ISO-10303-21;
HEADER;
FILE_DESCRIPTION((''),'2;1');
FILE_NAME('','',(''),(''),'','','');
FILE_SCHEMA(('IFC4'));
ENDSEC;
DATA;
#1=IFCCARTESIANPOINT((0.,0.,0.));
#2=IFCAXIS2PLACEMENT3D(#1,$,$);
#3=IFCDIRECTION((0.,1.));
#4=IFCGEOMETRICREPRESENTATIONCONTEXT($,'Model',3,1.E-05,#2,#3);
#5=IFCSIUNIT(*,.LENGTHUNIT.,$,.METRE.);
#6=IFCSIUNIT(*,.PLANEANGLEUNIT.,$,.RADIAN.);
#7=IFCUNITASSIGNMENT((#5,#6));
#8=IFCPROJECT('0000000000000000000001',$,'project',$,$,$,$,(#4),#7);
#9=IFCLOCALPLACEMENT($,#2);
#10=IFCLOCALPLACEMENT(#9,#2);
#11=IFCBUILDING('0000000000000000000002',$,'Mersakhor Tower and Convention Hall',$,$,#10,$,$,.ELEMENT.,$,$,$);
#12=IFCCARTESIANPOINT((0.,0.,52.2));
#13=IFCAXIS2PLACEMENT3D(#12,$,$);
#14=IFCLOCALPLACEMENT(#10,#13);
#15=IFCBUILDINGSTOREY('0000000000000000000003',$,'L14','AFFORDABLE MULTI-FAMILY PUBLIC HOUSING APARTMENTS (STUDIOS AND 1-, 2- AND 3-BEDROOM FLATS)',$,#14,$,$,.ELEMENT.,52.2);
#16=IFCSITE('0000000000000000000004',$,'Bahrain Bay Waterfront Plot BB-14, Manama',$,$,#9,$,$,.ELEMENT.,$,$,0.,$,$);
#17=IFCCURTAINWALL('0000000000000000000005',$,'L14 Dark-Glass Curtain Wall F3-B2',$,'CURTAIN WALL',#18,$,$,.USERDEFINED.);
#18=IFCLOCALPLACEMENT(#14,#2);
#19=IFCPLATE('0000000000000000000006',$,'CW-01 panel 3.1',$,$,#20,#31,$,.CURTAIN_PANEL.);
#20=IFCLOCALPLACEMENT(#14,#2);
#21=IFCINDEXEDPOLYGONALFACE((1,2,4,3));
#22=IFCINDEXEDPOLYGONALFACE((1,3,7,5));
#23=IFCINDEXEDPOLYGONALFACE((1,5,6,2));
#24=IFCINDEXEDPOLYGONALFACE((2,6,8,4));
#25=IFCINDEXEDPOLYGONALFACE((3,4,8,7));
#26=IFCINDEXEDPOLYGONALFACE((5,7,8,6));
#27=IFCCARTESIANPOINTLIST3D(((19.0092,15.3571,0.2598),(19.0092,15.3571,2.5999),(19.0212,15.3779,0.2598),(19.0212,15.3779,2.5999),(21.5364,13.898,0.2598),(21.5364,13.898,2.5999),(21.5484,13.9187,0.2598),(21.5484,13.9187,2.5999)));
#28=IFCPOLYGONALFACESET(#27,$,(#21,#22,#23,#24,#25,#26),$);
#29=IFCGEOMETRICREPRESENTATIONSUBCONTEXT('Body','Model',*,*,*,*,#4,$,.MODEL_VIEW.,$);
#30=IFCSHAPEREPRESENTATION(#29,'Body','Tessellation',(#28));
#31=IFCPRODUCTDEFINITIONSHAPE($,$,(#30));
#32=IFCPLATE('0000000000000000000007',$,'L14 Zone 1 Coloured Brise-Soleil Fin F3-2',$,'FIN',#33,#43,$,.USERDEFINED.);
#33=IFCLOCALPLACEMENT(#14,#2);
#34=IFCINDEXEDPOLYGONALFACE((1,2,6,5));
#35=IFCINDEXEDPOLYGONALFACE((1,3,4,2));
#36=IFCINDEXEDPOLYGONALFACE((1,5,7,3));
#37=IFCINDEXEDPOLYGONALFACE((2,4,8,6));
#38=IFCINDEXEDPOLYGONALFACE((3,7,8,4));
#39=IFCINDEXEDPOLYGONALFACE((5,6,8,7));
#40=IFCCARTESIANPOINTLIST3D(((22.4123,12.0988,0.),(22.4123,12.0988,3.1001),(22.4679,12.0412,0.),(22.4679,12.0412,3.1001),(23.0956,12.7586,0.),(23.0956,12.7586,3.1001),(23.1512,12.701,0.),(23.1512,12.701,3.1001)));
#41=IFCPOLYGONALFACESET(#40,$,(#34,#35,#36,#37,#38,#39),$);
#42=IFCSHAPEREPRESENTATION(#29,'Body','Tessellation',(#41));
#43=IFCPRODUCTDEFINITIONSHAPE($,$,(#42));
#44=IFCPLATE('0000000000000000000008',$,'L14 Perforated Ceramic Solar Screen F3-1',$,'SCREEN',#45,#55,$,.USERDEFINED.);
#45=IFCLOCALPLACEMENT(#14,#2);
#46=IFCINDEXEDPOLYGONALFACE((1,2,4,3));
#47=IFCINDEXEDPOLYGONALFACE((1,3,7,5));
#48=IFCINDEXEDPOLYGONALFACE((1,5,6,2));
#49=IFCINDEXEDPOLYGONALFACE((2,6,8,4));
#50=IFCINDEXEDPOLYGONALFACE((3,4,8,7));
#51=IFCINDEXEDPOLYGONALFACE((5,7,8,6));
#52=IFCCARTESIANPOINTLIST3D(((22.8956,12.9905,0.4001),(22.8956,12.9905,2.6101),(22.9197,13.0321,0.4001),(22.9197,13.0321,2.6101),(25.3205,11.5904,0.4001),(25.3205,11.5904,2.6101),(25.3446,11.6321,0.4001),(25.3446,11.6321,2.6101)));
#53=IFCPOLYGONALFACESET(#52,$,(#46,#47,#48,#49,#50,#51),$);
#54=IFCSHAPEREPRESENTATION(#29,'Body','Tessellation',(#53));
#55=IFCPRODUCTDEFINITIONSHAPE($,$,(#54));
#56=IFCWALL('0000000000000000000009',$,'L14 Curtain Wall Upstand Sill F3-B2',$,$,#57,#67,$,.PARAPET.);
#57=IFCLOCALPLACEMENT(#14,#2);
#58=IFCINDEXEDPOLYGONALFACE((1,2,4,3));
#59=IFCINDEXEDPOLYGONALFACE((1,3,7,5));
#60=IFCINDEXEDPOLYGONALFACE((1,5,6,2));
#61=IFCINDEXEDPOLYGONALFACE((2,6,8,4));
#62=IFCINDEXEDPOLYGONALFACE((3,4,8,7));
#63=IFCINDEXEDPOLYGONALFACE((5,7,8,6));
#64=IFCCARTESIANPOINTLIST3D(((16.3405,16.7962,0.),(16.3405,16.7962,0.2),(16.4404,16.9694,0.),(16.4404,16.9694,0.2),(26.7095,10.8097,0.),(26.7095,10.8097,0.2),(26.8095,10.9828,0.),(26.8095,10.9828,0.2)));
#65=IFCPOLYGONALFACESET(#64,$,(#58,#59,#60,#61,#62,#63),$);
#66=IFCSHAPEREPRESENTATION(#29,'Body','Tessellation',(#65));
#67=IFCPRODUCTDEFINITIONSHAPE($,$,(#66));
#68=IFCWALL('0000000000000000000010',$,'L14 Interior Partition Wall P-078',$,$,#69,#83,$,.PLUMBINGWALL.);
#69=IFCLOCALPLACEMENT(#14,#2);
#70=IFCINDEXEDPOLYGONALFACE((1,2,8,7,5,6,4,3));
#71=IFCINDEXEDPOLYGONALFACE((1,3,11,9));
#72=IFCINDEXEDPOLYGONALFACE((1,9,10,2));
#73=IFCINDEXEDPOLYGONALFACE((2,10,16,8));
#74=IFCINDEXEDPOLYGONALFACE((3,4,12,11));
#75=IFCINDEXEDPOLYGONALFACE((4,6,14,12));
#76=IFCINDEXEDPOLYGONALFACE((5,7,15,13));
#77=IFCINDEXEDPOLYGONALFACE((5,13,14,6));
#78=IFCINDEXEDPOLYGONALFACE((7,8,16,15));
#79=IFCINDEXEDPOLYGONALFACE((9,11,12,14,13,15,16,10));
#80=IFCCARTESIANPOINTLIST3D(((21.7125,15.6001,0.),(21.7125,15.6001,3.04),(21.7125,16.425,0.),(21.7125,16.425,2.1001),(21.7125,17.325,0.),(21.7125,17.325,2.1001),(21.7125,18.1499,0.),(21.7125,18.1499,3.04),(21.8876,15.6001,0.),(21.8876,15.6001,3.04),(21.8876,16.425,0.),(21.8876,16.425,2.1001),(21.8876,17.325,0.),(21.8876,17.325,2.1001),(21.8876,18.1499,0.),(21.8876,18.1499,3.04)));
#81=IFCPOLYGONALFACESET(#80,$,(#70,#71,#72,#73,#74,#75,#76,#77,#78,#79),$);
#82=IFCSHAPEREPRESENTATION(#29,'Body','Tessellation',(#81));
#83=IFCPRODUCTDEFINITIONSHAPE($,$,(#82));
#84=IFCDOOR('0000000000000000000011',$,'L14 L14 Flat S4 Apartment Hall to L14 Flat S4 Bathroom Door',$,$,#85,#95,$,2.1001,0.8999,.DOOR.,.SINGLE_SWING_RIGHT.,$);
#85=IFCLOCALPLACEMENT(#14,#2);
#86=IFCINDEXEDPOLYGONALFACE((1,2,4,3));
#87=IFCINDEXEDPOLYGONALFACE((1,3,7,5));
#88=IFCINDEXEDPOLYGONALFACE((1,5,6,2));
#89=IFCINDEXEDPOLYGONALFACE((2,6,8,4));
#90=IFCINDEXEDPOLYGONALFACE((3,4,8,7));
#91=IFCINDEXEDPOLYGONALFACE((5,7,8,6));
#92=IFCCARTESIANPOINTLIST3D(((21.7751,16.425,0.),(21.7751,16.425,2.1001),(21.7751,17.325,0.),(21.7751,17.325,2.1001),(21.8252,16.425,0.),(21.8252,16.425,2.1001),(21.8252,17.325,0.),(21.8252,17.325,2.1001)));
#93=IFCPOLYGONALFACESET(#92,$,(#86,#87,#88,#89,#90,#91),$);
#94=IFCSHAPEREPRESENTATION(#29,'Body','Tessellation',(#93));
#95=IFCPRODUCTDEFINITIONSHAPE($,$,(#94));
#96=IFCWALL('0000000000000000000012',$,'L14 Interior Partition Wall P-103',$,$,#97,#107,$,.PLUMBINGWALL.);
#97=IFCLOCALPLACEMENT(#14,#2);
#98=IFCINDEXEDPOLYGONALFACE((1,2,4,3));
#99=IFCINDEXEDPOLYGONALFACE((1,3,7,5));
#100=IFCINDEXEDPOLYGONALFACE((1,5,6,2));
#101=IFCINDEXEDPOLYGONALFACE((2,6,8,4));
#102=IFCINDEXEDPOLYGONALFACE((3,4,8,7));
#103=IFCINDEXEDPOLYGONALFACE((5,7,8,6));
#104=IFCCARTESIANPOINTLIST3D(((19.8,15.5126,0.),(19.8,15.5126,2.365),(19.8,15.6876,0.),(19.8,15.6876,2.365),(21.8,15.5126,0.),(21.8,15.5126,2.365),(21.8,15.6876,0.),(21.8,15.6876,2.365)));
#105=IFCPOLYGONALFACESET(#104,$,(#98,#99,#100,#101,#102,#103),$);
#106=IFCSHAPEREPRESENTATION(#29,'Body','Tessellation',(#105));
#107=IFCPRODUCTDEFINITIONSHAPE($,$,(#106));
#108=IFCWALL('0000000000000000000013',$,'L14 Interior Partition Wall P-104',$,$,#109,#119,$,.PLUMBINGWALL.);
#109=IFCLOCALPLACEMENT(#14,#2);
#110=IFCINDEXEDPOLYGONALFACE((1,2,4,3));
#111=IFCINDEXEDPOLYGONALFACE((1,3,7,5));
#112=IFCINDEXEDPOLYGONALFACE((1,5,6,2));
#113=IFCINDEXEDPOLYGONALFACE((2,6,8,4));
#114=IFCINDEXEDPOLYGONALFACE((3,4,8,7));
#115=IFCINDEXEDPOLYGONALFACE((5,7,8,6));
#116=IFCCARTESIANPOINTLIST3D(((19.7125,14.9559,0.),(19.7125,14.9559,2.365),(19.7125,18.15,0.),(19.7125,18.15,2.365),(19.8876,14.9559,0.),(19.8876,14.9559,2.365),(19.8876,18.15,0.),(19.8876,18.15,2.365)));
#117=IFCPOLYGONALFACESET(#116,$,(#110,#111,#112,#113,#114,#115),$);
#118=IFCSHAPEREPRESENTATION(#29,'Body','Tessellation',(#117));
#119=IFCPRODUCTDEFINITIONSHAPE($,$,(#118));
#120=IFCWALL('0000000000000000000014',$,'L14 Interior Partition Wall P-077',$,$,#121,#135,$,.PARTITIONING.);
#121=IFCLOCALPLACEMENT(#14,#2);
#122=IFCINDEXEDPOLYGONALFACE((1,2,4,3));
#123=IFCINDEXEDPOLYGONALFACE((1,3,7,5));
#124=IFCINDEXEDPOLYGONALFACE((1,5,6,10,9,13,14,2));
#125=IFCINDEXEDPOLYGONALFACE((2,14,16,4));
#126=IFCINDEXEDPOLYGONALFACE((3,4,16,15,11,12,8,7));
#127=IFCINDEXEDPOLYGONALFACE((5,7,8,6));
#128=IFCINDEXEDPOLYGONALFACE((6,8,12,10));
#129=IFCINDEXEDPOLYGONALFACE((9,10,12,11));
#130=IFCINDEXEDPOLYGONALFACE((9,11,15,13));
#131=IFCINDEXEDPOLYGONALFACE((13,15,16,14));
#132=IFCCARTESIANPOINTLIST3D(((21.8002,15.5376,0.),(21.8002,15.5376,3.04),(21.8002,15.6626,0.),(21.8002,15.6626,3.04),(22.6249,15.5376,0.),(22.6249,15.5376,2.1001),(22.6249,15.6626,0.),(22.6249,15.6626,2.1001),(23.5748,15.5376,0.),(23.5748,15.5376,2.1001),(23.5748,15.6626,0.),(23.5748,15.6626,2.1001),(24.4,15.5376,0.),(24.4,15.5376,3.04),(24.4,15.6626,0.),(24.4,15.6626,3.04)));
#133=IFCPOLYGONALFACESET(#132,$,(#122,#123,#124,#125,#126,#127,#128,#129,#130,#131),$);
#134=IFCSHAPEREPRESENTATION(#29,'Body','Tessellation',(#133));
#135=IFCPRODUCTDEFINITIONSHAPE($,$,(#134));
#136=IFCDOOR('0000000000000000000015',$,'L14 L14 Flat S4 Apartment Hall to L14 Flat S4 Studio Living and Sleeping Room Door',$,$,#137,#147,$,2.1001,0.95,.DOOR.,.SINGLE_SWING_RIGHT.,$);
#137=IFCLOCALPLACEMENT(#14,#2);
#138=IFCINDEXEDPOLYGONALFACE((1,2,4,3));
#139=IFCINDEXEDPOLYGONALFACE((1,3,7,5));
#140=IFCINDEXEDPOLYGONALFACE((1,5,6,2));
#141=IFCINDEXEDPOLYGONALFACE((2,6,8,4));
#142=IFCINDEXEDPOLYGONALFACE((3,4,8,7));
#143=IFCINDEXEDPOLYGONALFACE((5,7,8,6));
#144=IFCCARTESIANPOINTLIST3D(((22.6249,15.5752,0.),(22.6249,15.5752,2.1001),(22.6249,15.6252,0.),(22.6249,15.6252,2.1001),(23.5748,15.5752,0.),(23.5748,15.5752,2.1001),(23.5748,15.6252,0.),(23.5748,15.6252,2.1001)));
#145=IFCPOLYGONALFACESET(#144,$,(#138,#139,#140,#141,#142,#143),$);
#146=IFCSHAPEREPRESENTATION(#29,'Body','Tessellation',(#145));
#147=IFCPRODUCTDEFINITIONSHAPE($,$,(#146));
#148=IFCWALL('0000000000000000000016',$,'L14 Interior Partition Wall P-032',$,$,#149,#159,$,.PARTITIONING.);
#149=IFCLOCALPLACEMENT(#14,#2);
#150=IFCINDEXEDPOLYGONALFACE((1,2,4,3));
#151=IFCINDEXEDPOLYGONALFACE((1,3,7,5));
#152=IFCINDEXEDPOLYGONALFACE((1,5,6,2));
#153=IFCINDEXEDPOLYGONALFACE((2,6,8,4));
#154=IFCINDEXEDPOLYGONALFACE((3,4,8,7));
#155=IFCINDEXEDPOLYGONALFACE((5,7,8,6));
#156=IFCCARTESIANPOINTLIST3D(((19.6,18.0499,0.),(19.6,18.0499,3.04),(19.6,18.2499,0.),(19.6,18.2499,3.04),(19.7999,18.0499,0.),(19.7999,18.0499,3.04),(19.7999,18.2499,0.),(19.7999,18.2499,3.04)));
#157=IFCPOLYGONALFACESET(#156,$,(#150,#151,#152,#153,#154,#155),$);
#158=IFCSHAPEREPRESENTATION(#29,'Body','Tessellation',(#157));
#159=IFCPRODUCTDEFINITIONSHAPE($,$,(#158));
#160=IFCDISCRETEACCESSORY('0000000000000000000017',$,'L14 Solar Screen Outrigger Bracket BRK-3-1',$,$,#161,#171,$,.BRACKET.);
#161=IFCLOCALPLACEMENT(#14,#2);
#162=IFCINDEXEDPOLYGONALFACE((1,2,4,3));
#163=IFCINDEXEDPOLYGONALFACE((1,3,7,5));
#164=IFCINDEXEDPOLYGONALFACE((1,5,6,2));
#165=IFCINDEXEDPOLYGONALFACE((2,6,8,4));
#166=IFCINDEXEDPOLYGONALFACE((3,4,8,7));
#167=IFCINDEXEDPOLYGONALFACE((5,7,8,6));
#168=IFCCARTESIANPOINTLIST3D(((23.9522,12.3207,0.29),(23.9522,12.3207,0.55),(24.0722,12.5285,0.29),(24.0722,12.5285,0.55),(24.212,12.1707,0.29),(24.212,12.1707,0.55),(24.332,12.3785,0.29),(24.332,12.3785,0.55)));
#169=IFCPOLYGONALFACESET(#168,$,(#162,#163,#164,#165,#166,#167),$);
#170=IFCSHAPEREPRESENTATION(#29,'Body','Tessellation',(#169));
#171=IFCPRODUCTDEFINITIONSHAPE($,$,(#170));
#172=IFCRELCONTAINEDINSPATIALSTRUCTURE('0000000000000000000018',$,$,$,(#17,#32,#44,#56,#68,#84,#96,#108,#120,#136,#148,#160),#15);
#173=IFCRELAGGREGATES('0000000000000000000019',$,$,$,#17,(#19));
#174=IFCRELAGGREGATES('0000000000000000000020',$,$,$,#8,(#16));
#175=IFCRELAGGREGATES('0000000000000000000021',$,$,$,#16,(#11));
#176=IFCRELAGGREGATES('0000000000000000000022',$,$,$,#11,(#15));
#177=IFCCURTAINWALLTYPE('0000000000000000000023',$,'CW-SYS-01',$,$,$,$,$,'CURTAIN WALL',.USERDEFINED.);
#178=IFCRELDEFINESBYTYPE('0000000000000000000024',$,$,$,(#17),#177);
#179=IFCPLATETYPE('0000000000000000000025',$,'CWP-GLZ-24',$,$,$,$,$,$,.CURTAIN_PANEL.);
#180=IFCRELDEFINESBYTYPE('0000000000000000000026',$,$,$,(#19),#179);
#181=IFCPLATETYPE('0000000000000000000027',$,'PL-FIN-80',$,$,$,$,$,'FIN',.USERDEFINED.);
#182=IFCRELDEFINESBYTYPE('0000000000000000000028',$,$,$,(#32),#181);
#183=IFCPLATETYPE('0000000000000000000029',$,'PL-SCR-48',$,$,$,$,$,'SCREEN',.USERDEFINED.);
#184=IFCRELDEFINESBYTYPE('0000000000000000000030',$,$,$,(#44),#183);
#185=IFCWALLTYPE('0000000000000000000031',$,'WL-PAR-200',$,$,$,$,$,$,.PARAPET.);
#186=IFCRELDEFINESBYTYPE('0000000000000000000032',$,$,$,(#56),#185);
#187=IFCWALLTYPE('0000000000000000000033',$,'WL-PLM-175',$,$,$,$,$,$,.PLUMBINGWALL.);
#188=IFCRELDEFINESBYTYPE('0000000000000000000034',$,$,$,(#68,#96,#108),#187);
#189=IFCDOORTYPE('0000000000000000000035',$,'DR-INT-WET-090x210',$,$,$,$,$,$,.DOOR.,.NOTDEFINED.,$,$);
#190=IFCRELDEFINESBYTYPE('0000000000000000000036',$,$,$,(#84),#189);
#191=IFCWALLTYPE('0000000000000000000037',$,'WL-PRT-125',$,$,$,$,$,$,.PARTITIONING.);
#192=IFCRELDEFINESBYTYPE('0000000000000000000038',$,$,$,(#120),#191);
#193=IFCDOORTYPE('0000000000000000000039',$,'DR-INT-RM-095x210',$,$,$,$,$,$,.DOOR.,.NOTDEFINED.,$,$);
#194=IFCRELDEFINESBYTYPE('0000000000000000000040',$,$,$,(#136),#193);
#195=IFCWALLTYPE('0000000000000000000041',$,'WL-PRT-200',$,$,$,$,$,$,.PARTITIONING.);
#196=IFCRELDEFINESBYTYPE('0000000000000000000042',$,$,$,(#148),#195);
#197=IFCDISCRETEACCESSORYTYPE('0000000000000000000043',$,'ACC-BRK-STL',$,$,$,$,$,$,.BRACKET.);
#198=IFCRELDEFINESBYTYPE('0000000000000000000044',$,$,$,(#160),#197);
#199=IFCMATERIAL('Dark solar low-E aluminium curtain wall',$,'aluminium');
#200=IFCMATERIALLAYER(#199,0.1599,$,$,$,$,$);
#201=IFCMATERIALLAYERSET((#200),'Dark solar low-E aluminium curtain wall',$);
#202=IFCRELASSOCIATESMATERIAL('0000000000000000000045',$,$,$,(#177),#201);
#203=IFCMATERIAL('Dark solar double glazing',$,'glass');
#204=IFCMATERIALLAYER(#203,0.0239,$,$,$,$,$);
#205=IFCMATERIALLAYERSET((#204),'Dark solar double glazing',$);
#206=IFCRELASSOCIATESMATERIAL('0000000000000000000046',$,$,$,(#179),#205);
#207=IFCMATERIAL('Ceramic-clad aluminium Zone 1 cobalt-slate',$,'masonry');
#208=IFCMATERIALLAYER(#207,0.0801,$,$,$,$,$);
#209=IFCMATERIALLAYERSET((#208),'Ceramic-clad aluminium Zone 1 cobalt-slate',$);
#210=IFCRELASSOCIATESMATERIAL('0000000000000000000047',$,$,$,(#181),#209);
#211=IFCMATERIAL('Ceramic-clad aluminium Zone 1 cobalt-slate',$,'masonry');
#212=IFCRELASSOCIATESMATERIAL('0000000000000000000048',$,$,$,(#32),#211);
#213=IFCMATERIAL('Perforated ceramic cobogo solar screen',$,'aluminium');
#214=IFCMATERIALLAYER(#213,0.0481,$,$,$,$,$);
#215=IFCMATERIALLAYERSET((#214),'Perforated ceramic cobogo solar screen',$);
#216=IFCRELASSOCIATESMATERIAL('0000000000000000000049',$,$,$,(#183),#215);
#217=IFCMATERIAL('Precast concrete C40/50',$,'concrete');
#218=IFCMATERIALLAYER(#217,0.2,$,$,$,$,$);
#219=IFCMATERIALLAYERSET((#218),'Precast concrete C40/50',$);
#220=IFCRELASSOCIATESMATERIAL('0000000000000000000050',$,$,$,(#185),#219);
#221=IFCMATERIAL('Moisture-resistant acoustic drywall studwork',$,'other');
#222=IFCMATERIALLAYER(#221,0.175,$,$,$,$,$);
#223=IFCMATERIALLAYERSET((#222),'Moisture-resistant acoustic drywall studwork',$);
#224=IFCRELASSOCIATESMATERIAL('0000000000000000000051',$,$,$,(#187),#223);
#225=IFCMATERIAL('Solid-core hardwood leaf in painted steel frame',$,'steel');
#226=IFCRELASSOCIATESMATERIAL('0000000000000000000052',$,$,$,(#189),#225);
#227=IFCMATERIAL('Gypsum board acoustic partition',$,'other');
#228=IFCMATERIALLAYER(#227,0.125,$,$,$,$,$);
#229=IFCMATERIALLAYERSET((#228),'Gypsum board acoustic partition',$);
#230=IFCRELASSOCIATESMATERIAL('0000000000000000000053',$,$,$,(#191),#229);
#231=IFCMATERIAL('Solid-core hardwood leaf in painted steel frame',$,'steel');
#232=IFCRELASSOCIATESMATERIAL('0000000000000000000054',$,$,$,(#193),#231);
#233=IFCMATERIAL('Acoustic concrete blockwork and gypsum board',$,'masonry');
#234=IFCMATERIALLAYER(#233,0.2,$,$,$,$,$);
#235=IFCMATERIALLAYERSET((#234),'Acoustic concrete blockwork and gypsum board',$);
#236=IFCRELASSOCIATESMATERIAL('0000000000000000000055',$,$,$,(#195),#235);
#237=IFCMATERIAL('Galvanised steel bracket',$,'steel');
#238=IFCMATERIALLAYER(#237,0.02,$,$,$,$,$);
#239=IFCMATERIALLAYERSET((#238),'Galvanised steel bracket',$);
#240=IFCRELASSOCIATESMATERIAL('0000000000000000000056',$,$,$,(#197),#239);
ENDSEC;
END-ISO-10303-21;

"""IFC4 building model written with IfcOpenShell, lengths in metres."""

from ifc_helpers import new_model, si_unit, direction, frame, frame_2d, origin, origin_2d, place, context, subcontext, project, spatial, rectangle, extrude, material, layer, layer_set, type_object, element, fill, aggregate, save


model = new_model("IFC4")

# Units and contexts
model_context = context("Model", 3, precision=1e-05, world=origin(), true_north=direction((0.0, 1.0)))
body_context = subcontext(model_context, "Body", "Model", "MODEL_VIEW")
ifc_project = project(units=[si_unit("LENGTHUNIT", "METRE"), si_unit("PLANEANGLEUNIT", "RADIAN")], contexts=[model_context])

# Site, building, storey
site_placement = place(None, origin())
site = spatial("IfcSite", under=ifc_project, at=site_placement, Name="Bahrain Bay Waterfront Plot BB-14, Manama", CompositionType="ELEMENT", RefElevation=0.0)
building_placement = place(site_placement, origin())
building = spatial("IfcBuilding", under=site, at=building_placement, Name="Mersakhor Tower and Convention Hall", CompositionType="ELEMENT")
storey_placement = place(building_placement, frame((0.0, 0.0, 52.2)))
storey = spatial("IfcBuildingStorey", under=building, at=storey_placement, Name="L14", Description="AFFORDABLE MULTI-FAMILY PUBLIC HOUSING APARTMENTS (STUDIOS AND 1-, 2- AND 3-BEDROOM FLATS)", CompositionType="ELEMENT", Elevation=52.2)

# Curtain wall, plate
ifc_material_1 = material(Name="Dark solar low-E aluminium curtain wall", Category="aluminium")
ifc_layer_1 = layer(ifc_material_1, 0.1599)
ifc_layer_set_1 = layer_set([ifc_layer_1], Name="Dark solar low-E aluminium curtain wall")
curtain_wall_type = type_object("IfcCurtainWallType", Name="CW-SYS-01", ElementType="CURTAIN WALL", PredefinedType="USERDEFINED", material=ifc_layer_set_1)
curtain_wall_placement = place(storey_placement, origin())
curtain_wall = element("IfcCurtainWall", 1, at=curtain_wall_placement, inside=storey, type_object=curtain_wall_type, Name="L14 Dark-Glass Curtain Wall F3-B2", ObjectType="CURTAIN WALL", PredefinedType="USERDEFINED")
ifc_material_2 = material(Name="Dark solar double glazing", Category="glass")
ifc_layer_2 = layer(ifc_material_2, 0.0239)
ifc_layer_set_2 = layer_set([ifc_layer_2], Name="Dark solar double glazing")
plate_type_1 = type_object("IfcPlateType", Name="CWP-GLZ-24", PredefinedType="CURTAIN_PANEL", material=ifc_layer_set_2)
plate_1_placement = place(storey_placement, frame((20.2788, 14.6379, 0.2598), z_axis=(0.0, 0.0, 1.0), x_axis=(-0.866023, 0.500003, 0.0)))
plate_1 = element("IfcPlate", 2, at=plate_1_placement, type_object=plate_type_1, Name="CW-01 panel 3.1", PredefinedType="CURTAIN_PANEL", context=body_context, shape_type="SweptSolid", body=[
    extrude(rectangle(XDim=2.9182, YDim=0.0239, at=origin_2d()), origin(), (0.0, 0.0, 1.0), 2.3401),
])
aggregate(curtain_wall, [plate_1])

# Plates
ifc_material_3 = material(Name="Ceramic-clad aluminium Zone 1 cobalt-slate", Category="masonry")
ifc_material_4 = material(Name="Ceramic-clad aluminium Zone 1 cobalt-slate", Category="masonry")
ifc_layer_3 = layer(ifc_material_4, 0.0801)
ifc_layer_set_3 = layer_set([ifc_layer_3], Name="Ceramic-clad aluminium Zone 1 cobalt-slate")
plate_type_2 = type_object("IfcPlateType", Name="PL-FIN-80", ElementType="FIN", PredefinedType="USERDEFINED", material=ifc_layer_set_3)
plate_2_placement = place(storey_placement, frame((22.7817, 12.3999, 0.0), z_axis=(0.0, 0.0, 1.0), x_axis=(-0.71934, -0.694658, 0.0)))
element("IfcPlate", 3, at=plate_2_placement, inside=storey, type_object=plate_type_2, material=ifc_material_3, Name="L14 Zone 1 Coloured Brise-Soleil Fin F3-2", ObjectType="FIN", PredefinedType="USERDEFINED", context=body_context, shape_type="SweptSolid", body=[
    extrude(rectangle(XDim=0.95, YDim=0.0801, at=origin_2d()), origin(), (0.0, 0.0, 1.0), 3.1001),
])
ifc_material_5 = material(Name="Perforated ceramic cobogo solar screen", Category="aluminium")
ifc_layer_4 = layer(ifc_material_5, 0.0481)
ifc_layer_set_4 = layer_set([ifc_layer_4], Name="Perforated ceramic cobogo solar screen")
plate_type_3 = type_object("IfcPlateType", Name="PL-SCR-48", ElementType="SCREEN", PredefinedType="USERDEFINED", material=ifc_layer_set_4)
plate_3_placement = place(storey_placement, frame((24.1201, 12.3113, 0.4001), z_axis=(0.0, 0.0, 1.0), x_axis=(-0.866025, 0.5, 0.0)))
element("IfcPlate", 4, at=plate_3_placement, inside=storey, type_object=plate_type_3, Name="L14 Perforated Ceramic Solar Screen F3-1", ObjectType="SCREEN", PredefinedType="USERDEFINED", context=body_context, shape_type="SweptSolid", body=[
    extrude(rectangle(XDim=2.8, YDim=0.0481, at=origin_2d()), origin(), (0.0, 0.0, 1.0), 2.21),
])

# Wall
ifc_material_6 = material(Name="Precast concrete C40/50", Category="concrete")
ifc_layer_5 = layer(ifc_material_6, 0.2)
ifc_layer_set_5 = layer_set([ifc_layer_5], Name="Precast concrete C40/50")
wall_type_1 = type_object("IfcWallType", Name="WL-PAR-200", PredefinedType="PARAPET", material=ifc_layer_set_5)
wall_1_placement = place(storey_placement, frame((26.7595, 10.8962, 0.0), z_axis=(0.0, 0.0, 1.0), x_axis=(-0.866027, 0.499997, 0.0)))
element("IfcWall", 5, at=wall_1_placement, inside=storey, type_object=wall_type_1, Name="L14 Curtain Wall Upstand Sill F3-B2", PredefinedType="PARAPET", context=body_context, shape_type="SweptSolid", body=[
    extrude(rectangle(XDim=11.9731, YDim=0.2, at=frame_2d((5.9866, 0.0))), origin(), (0.0, 0.0, 1.0), 0.2),
])

# Wall, opening, door
ifc_material_7 = material(Name="Moisture-resistant acoustic drywall studwork", Category="other")
ifc_layer_6 = layer(ifc_material_7, 0.175)
ifc_layer_set_6 = layer_set([ifc_layer_6], Name="Moisture-resistant acoustic drywall studwork")
wall_type_2 = type_object("IfcWallType", Name="WL-PLM-175", PredefinedType="PLUMBINGWALL", material=ifc_layer_set_6)
wall_2_placement = place(storey_placement, frame((21.8, 15.6001, 0.0), z_axis=(0.0, 0.0, 1.0), x_axis=(0.0, 1.0, 0.0)))
wall_2 = element("IfcWall", 6, at=wall_2_placement, inside=storey, type_object=wall_type_2, Name="L14 Interior Partition Wall P-078", PredefinedType="PLUMBINGWALL", context=body_context, shape_type="SweptSolid", body=[
    extrude(rectangle(XDim=2.5498, YDim=0.175, at=frame_2d((1.2749, 0.0))), origin(), (0.0, 0.0, 1.0), 3.04),
])
opening_1_placement = place(wall_2_placement, frame((0.825, 0.0, 0.0)))
opening_1 = element("IfcOpeningElement", 7, at=opening_1_placement, cuts=wall_2, PredefinedType="OPENING", context=body_context, shape_type="SweptSolid", body=[
    extrude(rectangle(XDim=0.8999, YDim=2.1001, at=frame_2d((0.45, 1.05))), frame((0.0, 0.0974, 0.0), z_axis=(0.0, -1.0, 0.0), x_axis=(1.0, 0.0, 0.0)), (0.0, 0.0, 1.0), 0.1951),
])
ifc_material_8 = material(Name="Solid-core hardwood leaf in painted steel frame", Category="steel")
door_type_1 = type_object("IfcDoorType", Name="DR-INT-WET-090x210", OperationType="NOTDEFINED", PredefinedType="DOOR", material=ifc_material_8)
door_1_placement = place(opening_1_placement, origin())
door_1 = element("IfcDoor", 8, at=door_1_placement, inside=storey, type_object=door_type_1, Name="L14 L14 Flat S4 Apartment Hall to L14 Flat S4 Bathroom Door", OperationType="SINGLE_SWING_RIGHT", OverallHeight=2.1001, OverallWidth=0.8999, PredefinedType="DOOR", context=body_context, shape_type="SweptSolid", body=[
    extrude(rectangle(XDim=0.8999, YDim=2.1001, at=frame_2d((0.45, 1.05))), frame((0.0, 0.0249, 0.0), z_axis=(0.0, -1.0, 0.0), x_axis=(1.0, 0.0, 0.0)), (0.0, 0.0, 1.0), 0.05),
])
fill(opening_1, door_1)

# Walls
wall_3_placement = place(storey_placement, frame((21.8, 15.6001, 0.0), z_axis=(0.0, 0.0, 1.0), x_axis=(-1.0, 0.0, 0.0)))
element("IfcWall", 9, at=wall_3_placement, inside=storey, type_object=wall_type_2, Name="L14 Interior Partition Wall P-103", PredefinedType="PLUMBINGWALL", context=body_context, shape_type="SweptSolid", body=[
    extrude(rectangle(XDim=2.0, YDim=0.175, at=frame_2d((1.0, 0.0))), origin(), (0.0, 0.0, 1.0), 2.365),
])
wall_4_placement = place(storey_placement, frame((19.8, 14.9558, 0.0), z_axis=(0.0, 0.0, 1.0), x_axis=(0.0, 1.0, 0.0)))
element("IfcWall", 10, at=wall_4_placement, inside=storey, type_object=wall_type_2, Name="L14 Interior Partition Wall P-104", PredefinedType="PLUMBINGWALL", context=body_context, shape_type="SweptSolid", body=[
    extrude(rectangle(XDim=3.1941, YDim=0.175, at=frame_2d((1.5972, 0.0))), origin(), (0.0, 0.0, 1.0), 2.365),
])

# Wall, opening, door
ifc_material_9 = material(Name="Gypsum board acoustic partition", Category="other")
ifc_layer_7 = layer(ifc_material_9, 0.125)
ifc_layer_set_7 = layer_set([ifc_layer_7], Name="Gypsum board acoustic partition")
wall_type_3 = type_object("IfcWallType", Name="WL-PRT-125", PredefinedType="PARTITIONING", material=ifc_layer_set_7)
wall_5_placement = place(storey_placement, frame((24.3999, 15.6001, 0.0), z_axis=(0.0, 0.0, 1.0), x_axis=(-1.0, 0.0, 0.0)))
wall_5 = element("IfcWall", 11, at=wall_5_placement, inside=storey, type_object=wall_type_3, Name="L14 Interior Partition Wall P-077", PredefinedType="PARTITIONING", context=body_context, shape_type="SweptSolid", body=[
    extrude(rectangle(XDim=2.5999, YDim=0.125, at=frame_2d((1.2998, 0.0))), origin(), (0.0, 0.0, 1.0), 3.04),
])
opening_2_placement = place(wall_5_placement, frame((0.825, 0.0, 0.0)))
opening_2 = element("IfcOpeningElement", 12, at=opening_2_placement, cuts=wall_5, PredefinedType="OPENING", context=body_context, shape_type="SweptSolid", body=[
    extrude(rectangle(XDim=0.95, YDim=2.1001, at=frame_2d((0.4751, 1.05))), frame((0.0, 0.0725, 0.0), z_axis=(0.0, -1.0, 0.0), x_axis=(1.0, 0.0, 0.0)), (0.0, 0.0, 1.0), 0.145),
])
ifc_material_10 = material(Name="Solid-core hardwood leaf in painted steel frame", Category="steel")
door_type_2 = type_object("IfcDoorType", Name="DR-INT-RM-095x210", OperationType="NOTDEFINED", PredefinedType="DOOR", material=ifc_material_10)
door_2_placement = place(opening_2_placement, origin())
door_2 = element("IfcDoor", 13, at=door_2_placement, inside=storey, type_object=door_type_2, Name="L14 L14 Flat S4 Apartment Hall to L14 Flat S4 Studio Living and Sleeping Room Door", OperationType="SINGLE_SWING_RIGHT", OverallHeight=2.1001, OverallWidth=0.95, PredefinedType="DOOR", context=body_context, shape_type="SweptSolid", body=[
    extrude(rectangle(XDim=0.95, YDim=2.1001, at=frame_2d((0.4751, 1.05))), frame((0.0, 0.0249, 0.0), z_axis=(0.0, -1.0, 0.0), x_axis=(1.0, 0.0, 0.0)), (0.0, 0.0, 1.0), 0.05),
])
fill(opening_2, door_2)

# Wall
ifc_material_11 = material(Name="Acoustic concrete blockwork and gypsum board", Category="masonry")
ifc_layer_8 = layer(ifc_material_11, 0.2)
ifc_layer_set_8 = layer_set([ifc_layer_8], Name="Acoustic concrete blockwork and gypsum board")
wall_type_4 = type_object("IfcWallType", Name="WL-PRT-200", PredefinedType="PARTITIONING", material=ifc_layer_set_8)
wall_6_placement = place(storey_placement, frame((19.8, 18.1499, 0.0), z_axis=(0.0, 0.0, 1.0), x_axis=(-1.0, 0.0, 0.0)))
element("IfcWall", 14, at=wall_6_placement, inside=storey, type_object=wall_type_4, Name="L14 Interior Partition Wall P-032", PredefinedType="PARTITIONING", context=body_context, shape_type="SweptSolid", body=[
    extrude(rectangle(XDim=0.2, YDim=0.2, at=frame_2d((0.1001, 0.0))), origin(), (0.0, 0.0, 1.0), 3.04),
])

# Discrete accessory
ifc_material_12 = material(Name="Galvanised steel bracket", Category="steel")
ifc_layer_9 = layer(ifc_material_12, 0.02)
ifc_layer_set_9 = layer_set([ifc_layer_9], Name="Galvanised steel bracket")
discrete_accessory_type = type_object("IfcDiscreteAccessoryType", Name="ACC-BRK-STL", PredefinedType="BRACKET", material=ifc_layer_set_9)
discrete_accessory_1_placement = place(storey_placement, frame((24.1421, 12.3496, 0.29), z_axis=(0.0, 0.0, 1.0), x_axis=(-0.866025, 0.5, 0.0)))
element("IfcDiscreteAccessory", 15, at=discrete_accessory_1_placement, inside=storey, type_object=discrete_accessory_type, Name="L14 Solar Screen Outrigger Bracket BRK-3-1", PredefinedType="BRACKET", context=body_context, shape_type="SweptSolid", body=[
    extrude(rectangle(XDim=0.3, YDim=0.24, at=origin_2d()), origin(), (0.0, 0.0, 1.0), 0.26),
])

save(model, "model.ifc")
